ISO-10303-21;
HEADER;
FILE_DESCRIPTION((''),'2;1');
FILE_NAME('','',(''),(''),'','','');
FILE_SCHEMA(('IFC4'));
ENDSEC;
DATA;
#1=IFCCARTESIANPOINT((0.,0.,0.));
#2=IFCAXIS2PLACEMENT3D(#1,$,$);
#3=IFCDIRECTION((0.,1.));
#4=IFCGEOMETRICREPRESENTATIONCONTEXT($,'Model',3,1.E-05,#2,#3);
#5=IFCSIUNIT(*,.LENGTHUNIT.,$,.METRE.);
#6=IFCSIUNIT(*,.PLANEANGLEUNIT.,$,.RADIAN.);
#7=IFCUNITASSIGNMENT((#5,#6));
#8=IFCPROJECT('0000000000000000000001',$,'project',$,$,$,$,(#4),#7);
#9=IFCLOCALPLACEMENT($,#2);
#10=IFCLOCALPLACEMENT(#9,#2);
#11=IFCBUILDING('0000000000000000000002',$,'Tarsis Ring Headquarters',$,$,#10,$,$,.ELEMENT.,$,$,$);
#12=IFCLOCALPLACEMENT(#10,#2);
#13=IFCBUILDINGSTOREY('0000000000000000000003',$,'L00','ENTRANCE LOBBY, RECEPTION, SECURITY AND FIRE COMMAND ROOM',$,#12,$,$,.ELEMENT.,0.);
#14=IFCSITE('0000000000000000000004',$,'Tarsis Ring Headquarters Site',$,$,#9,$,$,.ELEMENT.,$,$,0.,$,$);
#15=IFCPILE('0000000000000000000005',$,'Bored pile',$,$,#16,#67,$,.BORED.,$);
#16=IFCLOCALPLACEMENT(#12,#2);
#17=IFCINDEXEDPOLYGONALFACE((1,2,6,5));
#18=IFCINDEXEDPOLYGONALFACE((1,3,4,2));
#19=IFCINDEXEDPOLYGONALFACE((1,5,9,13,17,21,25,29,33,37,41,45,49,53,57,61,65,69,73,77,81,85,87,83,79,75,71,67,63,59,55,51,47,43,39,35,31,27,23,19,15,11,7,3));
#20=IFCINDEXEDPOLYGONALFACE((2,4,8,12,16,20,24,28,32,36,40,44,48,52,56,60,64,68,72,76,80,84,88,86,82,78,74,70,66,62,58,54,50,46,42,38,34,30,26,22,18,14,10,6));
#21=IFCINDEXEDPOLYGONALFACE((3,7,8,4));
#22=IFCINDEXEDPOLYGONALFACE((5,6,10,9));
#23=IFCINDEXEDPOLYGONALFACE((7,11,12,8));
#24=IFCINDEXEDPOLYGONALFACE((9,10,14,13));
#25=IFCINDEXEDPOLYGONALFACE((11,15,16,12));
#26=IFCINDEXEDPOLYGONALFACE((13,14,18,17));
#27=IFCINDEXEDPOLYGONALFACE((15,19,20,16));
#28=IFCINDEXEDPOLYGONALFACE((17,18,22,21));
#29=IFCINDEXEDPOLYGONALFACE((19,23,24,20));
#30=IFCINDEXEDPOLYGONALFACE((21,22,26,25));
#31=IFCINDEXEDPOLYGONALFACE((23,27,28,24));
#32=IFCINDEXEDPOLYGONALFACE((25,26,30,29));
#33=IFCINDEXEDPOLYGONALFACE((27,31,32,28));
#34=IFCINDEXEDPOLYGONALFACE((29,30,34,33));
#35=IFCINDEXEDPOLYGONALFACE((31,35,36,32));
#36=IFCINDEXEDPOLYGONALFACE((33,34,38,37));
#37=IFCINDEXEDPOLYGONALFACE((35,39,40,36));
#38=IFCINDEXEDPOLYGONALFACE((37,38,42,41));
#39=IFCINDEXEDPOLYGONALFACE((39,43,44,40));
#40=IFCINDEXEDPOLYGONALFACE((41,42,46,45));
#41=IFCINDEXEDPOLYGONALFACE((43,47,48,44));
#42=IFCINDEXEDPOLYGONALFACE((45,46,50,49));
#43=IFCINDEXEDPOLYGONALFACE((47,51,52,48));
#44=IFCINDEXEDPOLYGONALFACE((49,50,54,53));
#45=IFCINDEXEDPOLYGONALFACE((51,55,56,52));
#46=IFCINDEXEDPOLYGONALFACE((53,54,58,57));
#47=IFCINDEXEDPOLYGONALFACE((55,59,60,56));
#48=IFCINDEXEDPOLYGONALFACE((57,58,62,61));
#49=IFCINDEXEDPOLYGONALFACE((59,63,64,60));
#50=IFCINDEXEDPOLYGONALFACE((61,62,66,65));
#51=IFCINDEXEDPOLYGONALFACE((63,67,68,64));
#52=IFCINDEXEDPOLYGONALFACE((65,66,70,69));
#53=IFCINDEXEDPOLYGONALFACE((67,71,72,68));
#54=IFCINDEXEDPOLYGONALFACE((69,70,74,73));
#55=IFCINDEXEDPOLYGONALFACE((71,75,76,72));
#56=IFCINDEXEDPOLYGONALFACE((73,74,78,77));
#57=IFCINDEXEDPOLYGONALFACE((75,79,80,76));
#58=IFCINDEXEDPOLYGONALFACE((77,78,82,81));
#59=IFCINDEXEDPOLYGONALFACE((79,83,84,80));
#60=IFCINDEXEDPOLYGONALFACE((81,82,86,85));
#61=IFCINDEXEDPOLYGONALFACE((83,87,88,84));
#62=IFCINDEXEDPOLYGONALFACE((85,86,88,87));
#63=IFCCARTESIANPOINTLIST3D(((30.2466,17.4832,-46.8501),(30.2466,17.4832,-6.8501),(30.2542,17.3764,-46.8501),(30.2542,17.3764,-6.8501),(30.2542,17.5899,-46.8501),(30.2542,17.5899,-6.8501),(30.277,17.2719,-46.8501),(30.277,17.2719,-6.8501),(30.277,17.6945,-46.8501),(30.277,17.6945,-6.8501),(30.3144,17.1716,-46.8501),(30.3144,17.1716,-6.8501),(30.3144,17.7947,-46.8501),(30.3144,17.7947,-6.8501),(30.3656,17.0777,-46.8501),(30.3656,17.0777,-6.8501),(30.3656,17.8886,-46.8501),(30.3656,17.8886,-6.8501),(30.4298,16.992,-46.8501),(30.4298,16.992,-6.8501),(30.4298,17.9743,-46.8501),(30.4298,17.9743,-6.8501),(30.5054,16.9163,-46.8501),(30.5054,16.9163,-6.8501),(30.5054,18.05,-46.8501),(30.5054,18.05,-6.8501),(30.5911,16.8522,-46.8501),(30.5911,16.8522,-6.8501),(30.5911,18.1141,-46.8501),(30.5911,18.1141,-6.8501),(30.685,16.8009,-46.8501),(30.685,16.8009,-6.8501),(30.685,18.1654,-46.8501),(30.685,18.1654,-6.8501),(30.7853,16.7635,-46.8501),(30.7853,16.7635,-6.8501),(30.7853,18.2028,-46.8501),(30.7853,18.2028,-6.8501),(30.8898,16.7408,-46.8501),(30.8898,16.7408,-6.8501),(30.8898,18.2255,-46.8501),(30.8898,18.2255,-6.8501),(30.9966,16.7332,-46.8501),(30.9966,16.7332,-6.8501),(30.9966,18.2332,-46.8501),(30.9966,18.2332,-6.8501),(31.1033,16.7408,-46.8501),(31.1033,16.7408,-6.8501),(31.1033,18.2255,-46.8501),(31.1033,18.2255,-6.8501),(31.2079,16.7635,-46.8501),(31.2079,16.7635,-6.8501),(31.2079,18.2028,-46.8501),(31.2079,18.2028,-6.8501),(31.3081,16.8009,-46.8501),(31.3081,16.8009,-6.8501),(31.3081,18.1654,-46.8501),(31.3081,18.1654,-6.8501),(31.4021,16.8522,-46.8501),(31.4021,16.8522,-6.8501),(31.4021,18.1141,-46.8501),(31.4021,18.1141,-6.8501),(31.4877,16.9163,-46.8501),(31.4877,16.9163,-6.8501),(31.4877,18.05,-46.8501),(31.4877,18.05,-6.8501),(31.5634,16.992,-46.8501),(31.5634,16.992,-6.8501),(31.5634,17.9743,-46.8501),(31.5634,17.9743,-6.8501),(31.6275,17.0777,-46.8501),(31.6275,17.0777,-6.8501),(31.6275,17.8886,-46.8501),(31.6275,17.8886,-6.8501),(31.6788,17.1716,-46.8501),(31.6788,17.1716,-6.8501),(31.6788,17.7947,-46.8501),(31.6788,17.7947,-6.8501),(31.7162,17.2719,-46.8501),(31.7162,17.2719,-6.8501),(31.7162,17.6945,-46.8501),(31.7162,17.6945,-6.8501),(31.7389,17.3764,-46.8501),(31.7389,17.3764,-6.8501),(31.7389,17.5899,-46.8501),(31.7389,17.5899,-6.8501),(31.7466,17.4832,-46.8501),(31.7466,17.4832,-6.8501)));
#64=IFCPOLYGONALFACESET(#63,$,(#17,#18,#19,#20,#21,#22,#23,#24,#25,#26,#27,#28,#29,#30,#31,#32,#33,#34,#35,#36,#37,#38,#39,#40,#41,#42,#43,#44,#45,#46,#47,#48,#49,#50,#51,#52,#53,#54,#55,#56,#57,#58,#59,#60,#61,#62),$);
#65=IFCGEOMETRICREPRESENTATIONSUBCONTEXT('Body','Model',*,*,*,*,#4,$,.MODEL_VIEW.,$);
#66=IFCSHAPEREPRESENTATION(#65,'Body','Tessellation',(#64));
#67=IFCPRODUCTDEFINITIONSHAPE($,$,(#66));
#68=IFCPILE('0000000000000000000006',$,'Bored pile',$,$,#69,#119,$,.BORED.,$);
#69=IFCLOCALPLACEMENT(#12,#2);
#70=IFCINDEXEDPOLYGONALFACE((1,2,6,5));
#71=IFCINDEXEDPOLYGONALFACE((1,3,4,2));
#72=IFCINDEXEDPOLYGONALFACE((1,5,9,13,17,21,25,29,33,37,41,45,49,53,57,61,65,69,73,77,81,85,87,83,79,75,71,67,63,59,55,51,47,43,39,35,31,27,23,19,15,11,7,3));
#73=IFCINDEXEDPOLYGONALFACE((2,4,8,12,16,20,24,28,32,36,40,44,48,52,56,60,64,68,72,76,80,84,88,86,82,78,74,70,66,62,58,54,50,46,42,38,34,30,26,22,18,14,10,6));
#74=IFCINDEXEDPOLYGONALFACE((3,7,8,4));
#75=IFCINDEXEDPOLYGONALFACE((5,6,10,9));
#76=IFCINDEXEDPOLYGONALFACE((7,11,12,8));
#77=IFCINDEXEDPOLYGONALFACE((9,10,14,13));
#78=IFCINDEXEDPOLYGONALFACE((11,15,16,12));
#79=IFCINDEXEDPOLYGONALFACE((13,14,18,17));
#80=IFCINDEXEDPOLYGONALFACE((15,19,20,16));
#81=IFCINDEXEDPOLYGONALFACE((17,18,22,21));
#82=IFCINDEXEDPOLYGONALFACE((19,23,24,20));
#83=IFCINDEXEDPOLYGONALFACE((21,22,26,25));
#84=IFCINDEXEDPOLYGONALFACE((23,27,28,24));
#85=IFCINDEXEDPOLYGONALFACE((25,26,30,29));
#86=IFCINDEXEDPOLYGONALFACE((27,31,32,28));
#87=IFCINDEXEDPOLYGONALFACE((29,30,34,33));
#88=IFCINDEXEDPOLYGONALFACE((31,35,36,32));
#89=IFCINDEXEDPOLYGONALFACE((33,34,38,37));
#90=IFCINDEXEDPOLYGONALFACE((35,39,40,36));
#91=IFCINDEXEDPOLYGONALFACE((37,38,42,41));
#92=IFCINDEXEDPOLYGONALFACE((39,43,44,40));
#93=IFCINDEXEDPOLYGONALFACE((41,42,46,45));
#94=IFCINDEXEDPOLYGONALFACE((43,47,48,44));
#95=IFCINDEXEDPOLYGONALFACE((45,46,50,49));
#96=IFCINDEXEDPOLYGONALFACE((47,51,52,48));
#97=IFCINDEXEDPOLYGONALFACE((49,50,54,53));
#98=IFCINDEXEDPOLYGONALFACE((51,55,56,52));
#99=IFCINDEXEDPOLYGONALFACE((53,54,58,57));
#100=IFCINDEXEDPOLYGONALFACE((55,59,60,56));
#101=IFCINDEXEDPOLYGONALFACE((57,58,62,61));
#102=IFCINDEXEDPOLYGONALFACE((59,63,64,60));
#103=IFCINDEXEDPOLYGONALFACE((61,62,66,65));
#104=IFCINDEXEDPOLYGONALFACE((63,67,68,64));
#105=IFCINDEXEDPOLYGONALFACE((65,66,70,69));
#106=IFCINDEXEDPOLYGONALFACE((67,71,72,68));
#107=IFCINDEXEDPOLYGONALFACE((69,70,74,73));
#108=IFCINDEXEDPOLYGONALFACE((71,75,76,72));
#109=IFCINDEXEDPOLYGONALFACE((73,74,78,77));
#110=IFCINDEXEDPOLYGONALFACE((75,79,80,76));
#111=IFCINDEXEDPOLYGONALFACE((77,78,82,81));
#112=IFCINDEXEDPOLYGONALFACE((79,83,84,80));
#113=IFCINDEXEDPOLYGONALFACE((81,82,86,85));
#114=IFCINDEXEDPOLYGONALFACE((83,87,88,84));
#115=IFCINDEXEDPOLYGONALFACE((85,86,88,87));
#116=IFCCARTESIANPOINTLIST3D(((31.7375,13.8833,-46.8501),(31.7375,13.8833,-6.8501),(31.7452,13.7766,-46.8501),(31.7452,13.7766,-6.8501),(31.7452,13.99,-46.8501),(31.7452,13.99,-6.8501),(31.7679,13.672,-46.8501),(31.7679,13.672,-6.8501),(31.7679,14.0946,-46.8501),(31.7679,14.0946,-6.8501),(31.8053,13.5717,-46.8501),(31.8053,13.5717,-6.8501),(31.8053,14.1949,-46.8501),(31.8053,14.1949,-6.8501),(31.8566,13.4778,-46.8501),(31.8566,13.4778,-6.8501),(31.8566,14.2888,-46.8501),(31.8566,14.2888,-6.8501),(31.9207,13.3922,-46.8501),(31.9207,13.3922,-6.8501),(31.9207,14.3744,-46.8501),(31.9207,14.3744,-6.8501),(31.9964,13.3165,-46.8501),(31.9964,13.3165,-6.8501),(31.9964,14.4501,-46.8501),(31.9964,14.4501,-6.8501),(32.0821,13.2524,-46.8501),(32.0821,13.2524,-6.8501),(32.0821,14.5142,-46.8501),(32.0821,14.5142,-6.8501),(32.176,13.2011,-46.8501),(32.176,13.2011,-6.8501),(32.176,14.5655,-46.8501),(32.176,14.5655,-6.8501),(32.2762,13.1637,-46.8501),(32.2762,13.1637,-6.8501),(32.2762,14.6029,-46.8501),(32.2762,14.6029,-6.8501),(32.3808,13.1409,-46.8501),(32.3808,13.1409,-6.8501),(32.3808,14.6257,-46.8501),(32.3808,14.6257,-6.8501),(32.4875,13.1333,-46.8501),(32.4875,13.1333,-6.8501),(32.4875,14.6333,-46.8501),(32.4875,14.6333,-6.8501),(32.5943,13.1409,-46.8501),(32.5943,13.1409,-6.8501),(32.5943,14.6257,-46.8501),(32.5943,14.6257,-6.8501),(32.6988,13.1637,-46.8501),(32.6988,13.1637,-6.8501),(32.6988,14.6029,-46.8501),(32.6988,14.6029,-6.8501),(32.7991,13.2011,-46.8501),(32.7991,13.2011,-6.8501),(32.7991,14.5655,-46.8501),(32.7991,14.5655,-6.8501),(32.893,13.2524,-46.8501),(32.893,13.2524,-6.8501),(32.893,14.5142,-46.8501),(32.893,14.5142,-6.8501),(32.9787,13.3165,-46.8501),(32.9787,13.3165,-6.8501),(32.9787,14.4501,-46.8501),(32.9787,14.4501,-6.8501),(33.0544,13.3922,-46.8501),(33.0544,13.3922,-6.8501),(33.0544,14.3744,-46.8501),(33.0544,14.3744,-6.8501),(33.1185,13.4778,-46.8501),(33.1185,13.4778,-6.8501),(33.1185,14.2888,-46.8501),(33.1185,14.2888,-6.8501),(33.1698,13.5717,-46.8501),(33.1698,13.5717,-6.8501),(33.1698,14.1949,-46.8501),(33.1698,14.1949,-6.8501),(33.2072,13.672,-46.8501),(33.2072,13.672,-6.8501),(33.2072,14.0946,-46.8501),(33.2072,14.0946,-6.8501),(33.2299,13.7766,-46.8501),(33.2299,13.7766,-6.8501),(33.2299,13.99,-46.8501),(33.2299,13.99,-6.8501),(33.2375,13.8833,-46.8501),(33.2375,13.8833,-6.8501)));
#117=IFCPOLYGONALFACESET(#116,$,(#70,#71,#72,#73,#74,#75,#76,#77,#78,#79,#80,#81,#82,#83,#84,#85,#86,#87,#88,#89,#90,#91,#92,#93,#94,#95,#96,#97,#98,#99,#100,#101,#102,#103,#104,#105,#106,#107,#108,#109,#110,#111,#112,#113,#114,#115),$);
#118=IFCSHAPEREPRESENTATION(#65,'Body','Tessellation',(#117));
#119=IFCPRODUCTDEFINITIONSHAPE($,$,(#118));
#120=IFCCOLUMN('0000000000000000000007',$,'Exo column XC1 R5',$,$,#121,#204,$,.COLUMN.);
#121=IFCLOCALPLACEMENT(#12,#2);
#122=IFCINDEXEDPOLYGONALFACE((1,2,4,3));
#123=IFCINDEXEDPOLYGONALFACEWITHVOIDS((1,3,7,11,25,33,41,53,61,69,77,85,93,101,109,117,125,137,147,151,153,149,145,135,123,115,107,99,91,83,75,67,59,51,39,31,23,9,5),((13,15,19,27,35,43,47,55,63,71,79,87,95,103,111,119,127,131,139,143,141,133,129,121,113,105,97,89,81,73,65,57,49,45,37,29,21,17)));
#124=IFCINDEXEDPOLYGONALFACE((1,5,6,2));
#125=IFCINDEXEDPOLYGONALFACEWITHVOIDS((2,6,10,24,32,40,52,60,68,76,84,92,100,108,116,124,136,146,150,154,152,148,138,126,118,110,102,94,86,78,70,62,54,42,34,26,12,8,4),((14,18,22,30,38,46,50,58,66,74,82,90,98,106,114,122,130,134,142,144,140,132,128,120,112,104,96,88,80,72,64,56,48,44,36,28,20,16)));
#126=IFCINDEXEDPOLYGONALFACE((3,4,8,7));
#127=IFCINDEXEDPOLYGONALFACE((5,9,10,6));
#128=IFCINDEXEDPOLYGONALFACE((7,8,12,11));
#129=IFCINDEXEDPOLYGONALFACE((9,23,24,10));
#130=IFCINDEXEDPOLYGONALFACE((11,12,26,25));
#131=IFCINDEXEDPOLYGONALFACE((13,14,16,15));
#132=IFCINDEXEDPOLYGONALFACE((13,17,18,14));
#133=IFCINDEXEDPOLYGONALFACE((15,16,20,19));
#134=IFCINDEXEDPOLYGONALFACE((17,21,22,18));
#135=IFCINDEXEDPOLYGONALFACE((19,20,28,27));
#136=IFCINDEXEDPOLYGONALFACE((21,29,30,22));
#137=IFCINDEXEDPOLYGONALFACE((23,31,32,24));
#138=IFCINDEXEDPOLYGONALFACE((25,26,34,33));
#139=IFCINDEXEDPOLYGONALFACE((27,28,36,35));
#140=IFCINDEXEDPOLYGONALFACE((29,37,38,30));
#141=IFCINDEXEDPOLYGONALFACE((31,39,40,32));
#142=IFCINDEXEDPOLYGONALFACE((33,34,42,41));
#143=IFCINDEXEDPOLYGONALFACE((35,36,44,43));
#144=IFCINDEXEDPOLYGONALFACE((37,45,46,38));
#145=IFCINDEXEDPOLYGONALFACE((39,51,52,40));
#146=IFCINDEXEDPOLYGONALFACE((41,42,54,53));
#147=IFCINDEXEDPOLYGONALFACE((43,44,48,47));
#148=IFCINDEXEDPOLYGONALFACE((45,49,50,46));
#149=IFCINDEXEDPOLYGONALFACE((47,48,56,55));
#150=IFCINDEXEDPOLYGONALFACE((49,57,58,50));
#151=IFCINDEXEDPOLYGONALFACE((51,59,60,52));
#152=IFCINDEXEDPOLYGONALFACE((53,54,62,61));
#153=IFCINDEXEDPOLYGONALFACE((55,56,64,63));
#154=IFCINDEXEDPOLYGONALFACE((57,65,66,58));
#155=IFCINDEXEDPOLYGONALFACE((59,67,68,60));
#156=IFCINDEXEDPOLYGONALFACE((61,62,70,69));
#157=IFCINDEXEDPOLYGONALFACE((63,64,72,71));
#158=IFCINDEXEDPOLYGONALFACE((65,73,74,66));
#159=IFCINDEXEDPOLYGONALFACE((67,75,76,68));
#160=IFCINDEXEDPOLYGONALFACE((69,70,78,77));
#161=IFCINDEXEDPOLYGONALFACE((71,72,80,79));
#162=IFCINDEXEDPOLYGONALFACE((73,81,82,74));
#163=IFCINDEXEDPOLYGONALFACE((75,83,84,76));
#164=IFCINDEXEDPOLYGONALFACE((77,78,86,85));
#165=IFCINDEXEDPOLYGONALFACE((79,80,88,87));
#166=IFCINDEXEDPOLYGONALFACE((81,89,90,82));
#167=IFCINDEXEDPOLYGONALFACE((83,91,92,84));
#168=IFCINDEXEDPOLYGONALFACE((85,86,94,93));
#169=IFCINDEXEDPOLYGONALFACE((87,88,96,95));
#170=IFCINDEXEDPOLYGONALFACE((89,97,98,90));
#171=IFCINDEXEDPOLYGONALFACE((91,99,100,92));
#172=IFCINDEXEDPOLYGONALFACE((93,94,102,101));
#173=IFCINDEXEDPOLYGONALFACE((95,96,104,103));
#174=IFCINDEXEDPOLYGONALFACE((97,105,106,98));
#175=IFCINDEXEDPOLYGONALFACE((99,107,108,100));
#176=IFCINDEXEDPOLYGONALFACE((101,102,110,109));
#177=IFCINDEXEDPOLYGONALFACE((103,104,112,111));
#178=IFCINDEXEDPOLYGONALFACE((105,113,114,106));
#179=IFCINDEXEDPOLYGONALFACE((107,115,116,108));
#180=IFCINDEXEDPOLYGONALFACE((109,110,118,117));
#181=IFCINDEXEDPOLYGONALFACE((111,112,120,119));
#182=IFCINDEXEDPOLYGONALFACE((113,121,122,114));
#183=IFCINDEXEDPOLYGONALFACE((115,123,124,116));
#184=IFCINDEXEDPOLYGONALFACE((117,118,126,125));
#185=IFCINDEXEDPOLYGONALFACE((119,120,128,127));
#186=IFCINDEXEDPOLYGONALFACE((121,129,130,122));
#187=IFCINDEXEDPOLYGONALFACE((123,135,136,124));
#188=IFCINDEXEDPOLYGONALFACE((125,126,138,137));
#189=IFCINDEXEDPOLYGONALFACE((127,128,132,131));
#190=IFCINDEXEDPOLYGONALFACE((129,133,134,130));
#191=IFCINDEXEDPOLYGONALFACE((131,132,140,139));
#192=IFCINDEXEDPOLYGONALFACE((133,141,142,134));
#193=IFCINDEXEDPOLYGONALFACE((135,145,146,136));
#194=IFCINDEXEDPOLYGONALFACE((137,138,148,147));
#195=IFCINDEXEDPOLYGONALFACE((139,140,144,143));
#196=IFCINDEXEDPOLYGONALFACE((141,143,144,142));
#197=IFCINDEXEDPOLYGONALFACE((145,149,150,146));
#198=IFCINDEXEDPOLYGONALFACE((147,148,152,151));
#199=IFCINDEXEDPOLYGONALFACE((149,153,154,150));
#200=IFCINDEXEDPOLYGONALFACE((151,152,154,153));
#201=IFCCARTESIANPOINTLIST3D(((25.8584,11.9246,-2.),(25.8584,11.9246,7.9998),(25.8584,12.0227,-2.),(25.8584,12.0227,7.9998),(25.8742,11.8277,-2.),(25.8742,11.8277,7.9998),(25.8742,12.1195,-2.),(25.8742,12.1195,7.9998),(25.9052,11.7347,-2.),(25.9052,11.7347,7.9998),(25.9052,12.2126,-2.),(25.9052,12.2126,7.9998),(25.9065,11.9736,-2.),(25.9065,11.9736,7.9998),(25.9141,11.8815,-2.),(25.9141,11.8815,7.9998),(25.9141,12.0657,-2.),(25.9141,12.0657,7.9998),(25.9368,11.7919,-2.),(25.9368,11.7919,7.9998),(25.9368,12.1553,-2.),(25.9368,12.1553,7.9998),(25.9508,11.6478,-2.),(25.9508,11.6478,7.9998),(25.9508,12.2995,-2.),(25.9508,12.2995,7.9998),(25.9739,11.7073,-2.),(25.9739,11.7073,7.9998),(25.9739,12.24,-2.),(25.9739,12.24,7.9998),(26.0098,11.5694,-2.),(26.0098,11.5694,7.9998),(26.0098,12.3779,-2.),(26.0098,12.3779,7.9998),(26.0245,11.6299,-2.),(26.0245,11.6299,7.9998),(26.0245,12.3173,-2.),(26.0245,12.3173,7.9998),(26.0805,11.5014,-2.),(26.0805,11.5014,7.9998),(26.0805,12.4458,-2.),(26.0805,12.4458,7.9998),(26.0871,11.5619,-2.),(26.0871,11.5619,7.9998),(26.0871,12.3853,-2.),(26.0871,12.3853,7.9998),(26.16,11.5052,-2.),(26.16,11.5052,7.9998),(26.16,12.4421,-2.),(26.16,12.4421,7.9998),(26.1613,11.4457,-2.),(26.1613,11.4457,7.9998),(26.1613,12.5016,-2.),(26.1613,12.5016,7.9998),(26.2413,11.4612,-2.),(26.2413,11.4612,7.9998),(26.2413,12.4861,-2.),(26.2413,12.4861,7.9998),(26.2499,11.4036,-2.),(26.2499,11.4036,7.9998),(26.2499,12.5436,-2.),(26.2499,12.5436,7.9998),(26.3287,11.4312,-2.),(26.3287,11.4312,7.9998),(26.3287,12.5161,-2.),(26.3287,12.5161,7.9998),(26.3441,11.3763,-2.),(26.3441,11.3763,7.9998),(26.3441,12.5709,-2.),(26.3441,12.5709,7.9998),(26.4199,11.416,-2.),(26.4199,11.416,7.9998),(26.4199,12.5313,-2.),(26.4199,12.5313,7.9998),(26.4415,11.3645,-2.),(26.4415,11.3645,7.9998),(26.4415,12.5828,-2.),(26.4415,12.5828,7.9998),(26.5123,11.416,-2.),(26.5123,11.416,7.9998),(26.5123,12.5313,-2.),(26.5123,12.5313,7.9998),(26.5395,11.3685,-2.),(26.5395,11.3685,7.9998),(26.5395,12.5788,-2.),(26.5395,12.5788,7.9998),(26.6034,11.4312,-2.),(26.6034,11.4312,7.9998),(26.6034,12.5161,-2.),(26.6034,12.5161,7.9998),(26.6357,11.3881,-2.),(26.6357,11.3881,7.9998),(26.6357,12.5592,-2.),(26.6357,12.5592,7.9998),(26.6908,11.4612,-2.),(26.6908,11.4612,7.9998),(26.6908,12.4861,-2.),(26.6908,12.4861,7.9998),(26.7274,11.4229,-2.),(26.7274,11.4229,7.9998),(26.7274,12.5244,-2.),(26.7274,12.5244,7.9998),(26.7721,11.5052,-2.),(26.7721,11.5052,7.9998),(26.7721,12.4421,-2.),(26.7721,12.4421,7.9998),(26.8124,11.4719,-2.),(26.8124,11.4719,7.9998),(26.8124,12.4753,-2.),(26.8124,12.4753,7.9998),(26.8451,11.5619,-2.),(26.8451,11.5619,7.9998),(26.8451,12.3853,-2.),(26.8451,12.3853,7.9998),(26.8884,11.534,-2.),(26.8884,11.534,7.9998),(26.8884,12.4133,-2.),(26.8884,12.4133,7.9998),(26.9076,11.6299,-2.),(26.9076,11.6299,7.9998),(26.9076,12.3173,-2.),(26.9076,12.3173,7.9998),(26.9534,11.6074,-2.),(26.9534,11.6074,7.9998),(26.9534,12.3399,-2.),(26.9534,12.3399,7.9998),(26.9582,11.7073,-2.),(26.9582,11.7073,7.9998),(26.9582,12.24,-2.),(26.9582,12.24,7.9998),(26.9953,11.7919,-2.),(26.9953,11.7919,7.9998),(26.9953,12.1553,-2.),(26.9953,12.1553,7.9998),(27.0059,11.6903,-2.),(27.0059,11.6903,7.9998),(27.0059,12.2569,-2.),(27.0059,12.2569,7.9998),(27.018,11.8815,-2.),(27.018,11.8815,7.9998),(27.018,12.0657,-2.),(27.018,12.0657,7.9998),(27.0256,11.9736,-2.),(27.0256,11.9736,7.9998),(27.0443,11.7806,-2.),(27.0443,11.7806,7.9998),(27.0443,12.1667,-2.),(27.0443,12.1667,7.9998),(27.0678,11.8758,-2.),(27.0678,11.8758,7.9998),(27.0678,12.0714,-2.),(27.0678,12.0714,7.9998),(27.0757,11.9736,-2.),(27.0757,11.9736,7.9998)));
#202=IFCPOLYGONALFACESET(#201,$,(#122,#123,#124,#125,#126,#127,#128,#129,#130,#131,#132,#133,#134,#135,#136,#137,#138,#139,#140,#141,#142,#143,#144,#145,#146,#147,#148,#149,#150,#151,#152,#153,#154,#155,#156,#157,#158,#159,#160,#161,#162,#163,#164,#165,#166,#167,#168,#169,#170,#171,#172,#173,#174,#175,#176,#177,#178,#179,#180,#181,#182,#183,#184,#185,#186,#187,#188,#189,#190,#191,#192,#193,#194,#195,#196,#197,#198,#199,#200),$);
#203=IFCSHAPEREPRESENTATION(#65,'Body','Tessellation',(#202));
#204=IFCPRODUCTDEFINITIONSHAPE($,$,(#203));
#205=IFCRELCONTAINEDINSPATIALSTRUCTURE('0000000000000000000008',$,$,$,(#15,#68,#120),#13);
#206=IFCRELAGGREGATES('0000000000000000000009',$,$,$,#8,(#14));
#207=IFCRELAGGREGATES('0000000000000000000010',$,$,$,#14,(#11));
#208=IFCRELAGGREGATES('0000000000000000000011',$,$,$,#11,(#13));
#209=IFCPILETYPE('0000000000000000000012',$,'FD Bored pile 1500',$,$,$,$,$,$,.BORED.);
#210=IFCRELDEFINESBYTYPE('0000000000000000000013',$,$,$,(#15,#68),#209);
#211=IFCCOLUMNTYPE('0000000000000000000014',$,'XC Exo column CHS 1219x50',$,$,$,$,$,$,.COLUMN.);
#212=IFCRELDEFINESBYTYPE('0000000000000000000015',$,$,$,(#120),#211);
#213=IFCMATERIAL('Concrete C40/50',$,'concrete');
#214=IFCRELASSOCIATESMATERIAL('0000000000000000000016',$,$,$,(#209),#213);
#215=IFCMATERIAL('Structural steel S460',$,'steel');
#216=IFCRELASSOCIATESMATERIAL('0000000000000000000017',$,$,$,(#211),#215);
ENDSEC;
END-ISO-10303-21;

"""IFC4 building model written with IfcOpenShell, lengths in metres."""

from ifc_helpers import new_model, si_unit, direction, frame, origin, origin_2d, place, context, subcontext, project, spatial, circle, hollow_circle, extrude, material, material_profile, profile_set, type_object, element, save


model = new_model("IFC4")

# Units and contexts
model_context = context("Model", 3, precision=1e-05, world=origin(), true_north=direction((0.0, 1.0)))
body_context = subcontext(model_context, "Body", "Model", "MODEL_VIEW")
ifc_project = project(units=[si_unit("LENGTHUNIT", "METRE"), si_unit("PLANEANGLEUNIT", "RADIAN")], contexts=[model_context])

# Site, building, storey
site_placement = place(None, origin())
site = spatial("IfcSite", under=ifc_project, at=site_placement, Name="Tarsis Ring Headquarters Site", CompositionType="ELEMENT", RefElevation=0.0)
building_placement = place(site_placement, origin())
building = spatial("IfcBuilding", under=site, at=building_placement, Name="Tarsis Ring Headquarters", CompositionType="ELEMENT")
storey_placement = place(building_placement, origin())
storey = spatial("IfcBuildingStorey", under=building, at=storey_placement, Name="L00", Description="ENTRANCE LOBBY, RECEPTION, SECURITY AND FIRE COMMAND ROOM", CompositionType="ELEMENT", Elevation=0.0)

# Piles
ifc_material_1 = material(Name="Concrete C40/50", Category="concrete")
ifc_material_profile_1 = material_profile(ifc_material_1, circle(Radius=0.75, at=origin_2d()), Name="BORED 1500")
ifc_profile_set_1 = profile_set([ifc_material_profile_1], Name="Concrete C40/50")
pile_type = type_object("IfcPileType", Name="FD Bored pile 1500", PredefinedType="BORED", material=ifc_profile_set_1)
for number, where, z_axis, x_axis, name in (
    (1, (30.9966, 17.4832, -6.8501), (0.0, 0.0, -1.0), (1.0, 0.0, 0.0), "Bored pile"),
    (2, (32.4875, 13.8833, -6.8501), (0.0, 0.0, -1.0), (1.0, 0.0, 0.0), "Bored pile"),
):
    element("IfcPile", number, at=place(storey_placement, frame(where, z_axis=z_axis, x_axis=x_axis)), inside=storey, type_object=pile_type, Name=name, PredefinedType="BORED", context=body_context, shape_type="SweptSolid", body=[
        extrude(circle(Radius=0.75, at=origin_2d()), origin(), (0.0, 0.0, 1.0), 40.0),
    ])

# Column
ifc_material_2 = material(Name="Structural steel S460", Category="steel")
ifc_material_profile_2 = material_profile(ifc_material_2, hollow_circle(Radius=0.6096, WallThickness=0.05, at=origin_2d()), Name="CHS 1219x50")
ifc_profile_set_2 = profile_set([ifc_material_profile_2], Name="Structural steel S460")
column_type = type_object("IfcColumnType", Name="XC Exo column CHS 1219x50", PredefinedType="COLUMN", material=ifc_profile_set_2)
for number, where, z_axis, x_axis, name in (
    (3, (26.4661, 11.9736, -2.0), (0.0, 0.0, 1.0), (1.0, 0.0, 0.0), "Exo column XC1 R5"),
):
    element("IfcColumn", number, at=place(storey_placement, frame(where, z_axis=z_axis, x_axis=x_axis)), inside=storey, type_object=column_type, Name=name, PredefinedType="COLUMN", context=body_context, shape_type="SweptSolid", body=[
        extrude(hollow_circle(Radius=0.6096, WallThickness=0.05, at=origin_2d()), origin(), (0.0, 0.0, 1.0), 9.9998),
    ])

save(model, "model.ifc")
